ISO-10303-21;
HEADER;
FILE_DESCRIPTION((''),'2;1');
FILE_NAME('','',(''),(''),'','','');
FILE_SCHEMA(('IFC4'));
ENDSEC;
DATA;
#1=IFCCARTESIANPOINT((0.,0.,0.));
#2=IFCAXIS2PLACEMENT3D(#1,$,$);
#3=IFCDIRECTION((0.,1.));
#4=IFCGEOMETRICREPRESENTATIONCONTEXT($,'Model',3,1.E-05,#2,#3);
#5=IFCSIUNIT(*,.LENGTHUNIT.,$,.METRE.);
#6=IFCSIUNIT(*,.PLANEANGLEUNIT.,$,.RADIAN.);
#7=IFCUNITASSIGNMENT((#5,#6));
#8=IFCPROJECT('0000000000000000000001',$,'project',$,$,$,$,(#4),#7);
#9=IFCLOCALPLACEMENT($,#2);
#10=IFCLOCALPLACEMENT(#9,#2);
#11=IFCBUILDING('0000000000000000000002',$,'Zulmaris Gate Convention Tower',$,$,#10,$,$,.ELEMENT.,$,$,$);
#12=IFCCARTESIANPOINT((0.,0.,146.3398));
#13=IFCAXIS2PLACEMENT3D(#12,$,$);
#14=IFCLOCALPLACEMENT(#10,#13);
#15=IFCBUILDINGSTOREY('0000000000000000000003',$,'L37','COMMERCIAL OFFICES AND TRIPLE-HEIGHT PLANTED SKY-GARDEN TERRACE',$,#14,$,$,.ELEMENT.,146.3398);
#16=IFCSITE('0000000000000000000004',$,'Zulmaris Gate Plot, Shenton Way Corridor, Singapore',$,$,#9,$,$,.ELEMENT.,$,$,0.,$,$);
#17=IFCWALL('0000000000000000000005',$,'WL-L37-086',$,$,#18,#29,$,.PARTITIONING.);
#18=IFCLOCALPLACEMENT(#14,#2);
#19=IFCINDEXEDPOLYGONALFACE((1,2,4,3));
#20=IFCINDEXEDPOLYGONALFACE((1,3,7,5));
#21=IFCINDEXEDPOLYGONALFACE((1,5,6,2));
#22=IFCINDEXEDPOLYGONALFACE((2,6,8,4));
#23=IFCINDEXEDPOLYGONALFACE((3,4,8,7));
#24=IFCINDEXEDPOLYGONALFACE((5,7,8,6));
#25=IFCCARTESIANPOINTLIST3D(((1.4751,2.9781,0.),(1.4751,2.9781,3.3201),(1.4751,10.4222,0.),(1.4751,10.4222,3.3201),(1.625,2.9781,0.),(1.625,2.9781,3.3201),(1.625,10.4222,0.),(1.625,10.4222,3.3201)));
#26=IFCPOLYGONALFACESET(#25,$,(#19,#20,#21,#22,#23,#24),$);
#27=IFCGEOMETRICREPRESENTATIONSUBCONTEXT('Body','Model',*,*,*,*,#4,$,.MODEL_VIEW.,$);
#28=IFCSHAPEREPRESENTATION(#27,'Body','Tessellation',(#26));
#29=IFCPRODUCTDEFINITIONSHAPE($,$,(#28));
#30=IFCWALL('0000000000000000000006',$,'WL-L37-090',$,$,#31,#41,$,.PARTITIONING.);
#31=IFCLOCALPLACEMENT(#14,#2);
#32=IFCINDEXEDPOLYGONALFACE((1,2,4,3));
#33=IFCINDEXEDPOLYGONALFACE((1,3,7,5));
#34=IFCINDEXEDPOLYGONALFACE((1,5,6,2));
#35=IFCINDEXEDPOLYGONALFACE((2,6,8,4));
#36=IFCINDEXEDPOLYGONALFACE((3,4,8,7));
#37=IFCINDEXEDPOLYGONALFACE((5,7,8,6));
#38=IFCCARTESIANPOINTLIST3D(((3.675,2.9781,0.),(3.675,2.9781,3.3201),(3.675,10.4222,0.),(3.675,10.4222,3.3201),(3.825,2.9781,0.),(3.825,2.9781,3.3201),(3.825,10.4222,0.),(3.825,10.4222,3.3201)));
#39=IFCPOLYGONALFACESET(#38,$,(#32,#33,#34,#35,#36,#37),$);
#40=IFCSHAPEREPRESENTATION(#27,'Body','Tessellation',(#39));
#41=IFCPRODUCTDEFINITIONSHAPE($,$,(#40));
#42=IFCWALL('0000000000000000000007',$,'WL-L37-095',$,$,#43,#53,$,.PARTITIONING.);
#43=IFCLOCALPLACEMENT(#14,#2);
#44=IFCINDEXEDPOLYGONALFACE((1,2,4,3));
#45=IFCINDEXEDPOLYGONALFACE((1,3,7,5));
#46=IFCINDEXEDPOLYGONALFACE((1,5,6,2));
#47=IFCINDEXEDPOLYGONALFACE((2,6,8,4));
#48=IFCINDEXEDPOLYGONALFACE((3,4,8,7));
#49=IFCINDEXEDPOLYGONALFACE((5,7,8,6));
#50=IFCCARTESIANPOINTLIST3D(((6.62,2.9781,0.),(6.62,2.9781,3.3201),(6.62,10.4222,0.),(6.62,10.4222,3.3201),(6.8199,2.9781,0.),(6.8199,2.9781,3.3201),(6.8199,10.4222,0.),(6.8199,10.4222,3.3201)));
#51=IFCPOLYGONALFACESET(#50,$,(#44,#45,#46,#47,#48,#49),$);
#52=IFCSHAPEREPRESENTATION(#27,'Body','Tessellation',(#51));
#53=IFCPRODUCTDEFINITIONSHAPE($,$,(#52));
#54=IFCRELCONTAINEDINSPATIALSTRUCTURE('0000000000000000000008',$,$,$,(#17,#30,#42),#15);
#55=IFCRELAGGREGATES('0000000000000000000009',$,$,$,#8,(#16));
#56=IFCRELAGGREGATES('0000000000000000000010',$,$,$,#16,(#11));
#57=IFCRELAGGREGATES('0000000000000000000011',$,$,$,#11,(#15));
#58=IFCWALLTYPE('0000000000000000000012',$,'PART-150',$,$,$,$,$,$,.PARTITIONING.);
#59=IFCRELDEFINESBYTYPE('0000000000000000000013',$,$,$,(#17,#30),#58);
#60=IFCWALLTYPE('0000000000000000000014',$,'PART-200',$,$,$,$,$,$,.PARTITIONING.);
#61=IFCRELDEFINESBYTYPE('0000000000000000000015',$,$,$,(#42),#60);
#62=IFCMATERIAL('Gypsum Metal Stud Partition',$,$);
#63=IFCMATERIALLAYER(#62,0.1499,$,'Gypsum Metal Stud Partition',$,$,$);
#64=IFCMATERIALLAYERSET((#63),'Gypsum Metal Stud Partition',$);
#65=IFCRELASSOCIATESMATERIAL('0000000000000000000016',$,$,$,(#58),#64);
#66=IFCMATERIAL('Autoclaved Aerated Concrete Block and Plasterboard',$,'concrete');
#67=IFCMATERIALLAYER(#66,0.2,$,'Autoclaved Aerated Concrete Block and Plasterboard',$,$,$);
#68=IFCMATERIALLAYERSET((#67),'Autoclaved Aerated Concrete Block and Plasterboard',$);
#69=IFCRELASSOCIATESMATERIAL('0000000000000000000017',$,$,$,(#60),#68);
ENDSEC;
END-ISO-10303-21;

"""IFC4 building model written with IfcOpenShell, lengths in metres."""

from ifc_helpers import new_model, si_unit, direction, frame, frame_2d, origin, place, context, subcontext, project, spatial, rectangle, extrude, material, layer, layer_set, type_object, element, save


model = new_model("IFC4")

# Units and contexts
model_context = context("Model", 3, precision=1e-05, world=origin(), true_north=direction((0.0, 1.0)))
body_context = subcontext(model_context, "Body", "Model", "MODEL_VIEW")
ifc_project = project(units=[si_unit("LENGTHUNIT", "METRE"), si_unit("PLANEANGLEUNIT", "RADIAN")], contexts=[model_context])

# Site, building, storey
site_placement = place(None, origin())
site = spatial("IfcSite", under=ifc_project, at=site_placement, Name="Zulmaris Gate Plot, Shenton Way Corridor, Singapore", CompositionType="ELEMENT", RefElevation=0.0)
building_placement = place(site_placement, origin())
building = spatial("IfcBuilding", under=site, at=building_placement, Name="Zulmaris Gate Convention Tower", CompositionType="ELEMENT")
storey_placement = place(building_placement, frame((0.0, 0.0, 146.3398)))
storey = spatial("IfcBuildingStorey", under=building, at=storey_placement, Name="L37", Description="COMMERCIAL OFFICES AND TRIPLE-HEIGHT PLANTED SKY-GARDEN TERRACE", CompositionType="ELEMENT", Elevation=146.3398)

# Walls
ifc_material_1 = material(Name="Gypsum Metal Stud Partition")
ifc_layer_1 = layer(ifc_material_1, 0.1499, Name="Gypsum Metal Stud Partition")
ifc_layer_set_1 = layer_set([ifc_layer_1], Name="Gypsum Metal Stud Partition")
wall_type_1 = type_object("IfcWallType", Name="PART-150", PredefinedType="PARTITIONING", material=ifc_layer_set_1)
for number, where, z_axis, x_axis, name in (
    (1, (1.55, 2.978, 0.0), (0.0, 0.0, 1.0), (0.0, 1.0, 0.0), "WL-L37-086"),
    (2, (3.75, 2.978, 0.0), (0.0, 0.0, 1.0), (0.0, 1.0, 0.0), "WL-L37-090"),
):
    element("IfcWall", number, at=place(storey_placement, frame(where, z_axis=z_axis, x_axis=x_axis)), inside=storey, type_object=wall_type_1, Name=name, PredefinedType="PARTITIONING", context=body_context, shape_type="SweptSolid", body=[
        extrude(rectangle(XDim=7.4441, YDim=0.1499, at=frame_2d((3.7222, 0.0))), origin(), (0.0, 0.0, 1.0), 3.3201),
    ])
ifc_material_2 = material(Name="Autoclaved Aerated Concrete Block and Plasterboard", Category="concrete")
ifc_layer_2 = layer(ifc_material_2, 0.2, Name="Autoclaved Aerated Concrete Block and Plasterboard")
ifc_layer_set_2 = layer_set([ifc_layer_2], Name="Autoclaved Aerated Concrete Block and Plasterboard")
wall_type_2 = type_object("IfcWallType", Name="PART-200", PredefinedType="PARTITIONING", material=ifc_layer_set_2)
wall_1_placement = place(storey_placement, frame((6.72, 2.978, 0.0), z_axis=(0.0, 0.0, 1.0), x_axis=(0.0, 1.0, 0.0)))
element("IfcWall", 3, at=wall_1_placement, inside=storey, type_object=wall_type_2, Name="WL-L37-095", PredefinedType="PARTITIONING", context=body_context, shape_type="SweptSolid", body=[
    extrude(rectangle(XDim=7.4441, YDim=0.2, at=frame_2d((3.7222, 0.0))), origin(), (0.0, 0.0, 1.0), 3.3201),
])

save(model, "model.ifc")
